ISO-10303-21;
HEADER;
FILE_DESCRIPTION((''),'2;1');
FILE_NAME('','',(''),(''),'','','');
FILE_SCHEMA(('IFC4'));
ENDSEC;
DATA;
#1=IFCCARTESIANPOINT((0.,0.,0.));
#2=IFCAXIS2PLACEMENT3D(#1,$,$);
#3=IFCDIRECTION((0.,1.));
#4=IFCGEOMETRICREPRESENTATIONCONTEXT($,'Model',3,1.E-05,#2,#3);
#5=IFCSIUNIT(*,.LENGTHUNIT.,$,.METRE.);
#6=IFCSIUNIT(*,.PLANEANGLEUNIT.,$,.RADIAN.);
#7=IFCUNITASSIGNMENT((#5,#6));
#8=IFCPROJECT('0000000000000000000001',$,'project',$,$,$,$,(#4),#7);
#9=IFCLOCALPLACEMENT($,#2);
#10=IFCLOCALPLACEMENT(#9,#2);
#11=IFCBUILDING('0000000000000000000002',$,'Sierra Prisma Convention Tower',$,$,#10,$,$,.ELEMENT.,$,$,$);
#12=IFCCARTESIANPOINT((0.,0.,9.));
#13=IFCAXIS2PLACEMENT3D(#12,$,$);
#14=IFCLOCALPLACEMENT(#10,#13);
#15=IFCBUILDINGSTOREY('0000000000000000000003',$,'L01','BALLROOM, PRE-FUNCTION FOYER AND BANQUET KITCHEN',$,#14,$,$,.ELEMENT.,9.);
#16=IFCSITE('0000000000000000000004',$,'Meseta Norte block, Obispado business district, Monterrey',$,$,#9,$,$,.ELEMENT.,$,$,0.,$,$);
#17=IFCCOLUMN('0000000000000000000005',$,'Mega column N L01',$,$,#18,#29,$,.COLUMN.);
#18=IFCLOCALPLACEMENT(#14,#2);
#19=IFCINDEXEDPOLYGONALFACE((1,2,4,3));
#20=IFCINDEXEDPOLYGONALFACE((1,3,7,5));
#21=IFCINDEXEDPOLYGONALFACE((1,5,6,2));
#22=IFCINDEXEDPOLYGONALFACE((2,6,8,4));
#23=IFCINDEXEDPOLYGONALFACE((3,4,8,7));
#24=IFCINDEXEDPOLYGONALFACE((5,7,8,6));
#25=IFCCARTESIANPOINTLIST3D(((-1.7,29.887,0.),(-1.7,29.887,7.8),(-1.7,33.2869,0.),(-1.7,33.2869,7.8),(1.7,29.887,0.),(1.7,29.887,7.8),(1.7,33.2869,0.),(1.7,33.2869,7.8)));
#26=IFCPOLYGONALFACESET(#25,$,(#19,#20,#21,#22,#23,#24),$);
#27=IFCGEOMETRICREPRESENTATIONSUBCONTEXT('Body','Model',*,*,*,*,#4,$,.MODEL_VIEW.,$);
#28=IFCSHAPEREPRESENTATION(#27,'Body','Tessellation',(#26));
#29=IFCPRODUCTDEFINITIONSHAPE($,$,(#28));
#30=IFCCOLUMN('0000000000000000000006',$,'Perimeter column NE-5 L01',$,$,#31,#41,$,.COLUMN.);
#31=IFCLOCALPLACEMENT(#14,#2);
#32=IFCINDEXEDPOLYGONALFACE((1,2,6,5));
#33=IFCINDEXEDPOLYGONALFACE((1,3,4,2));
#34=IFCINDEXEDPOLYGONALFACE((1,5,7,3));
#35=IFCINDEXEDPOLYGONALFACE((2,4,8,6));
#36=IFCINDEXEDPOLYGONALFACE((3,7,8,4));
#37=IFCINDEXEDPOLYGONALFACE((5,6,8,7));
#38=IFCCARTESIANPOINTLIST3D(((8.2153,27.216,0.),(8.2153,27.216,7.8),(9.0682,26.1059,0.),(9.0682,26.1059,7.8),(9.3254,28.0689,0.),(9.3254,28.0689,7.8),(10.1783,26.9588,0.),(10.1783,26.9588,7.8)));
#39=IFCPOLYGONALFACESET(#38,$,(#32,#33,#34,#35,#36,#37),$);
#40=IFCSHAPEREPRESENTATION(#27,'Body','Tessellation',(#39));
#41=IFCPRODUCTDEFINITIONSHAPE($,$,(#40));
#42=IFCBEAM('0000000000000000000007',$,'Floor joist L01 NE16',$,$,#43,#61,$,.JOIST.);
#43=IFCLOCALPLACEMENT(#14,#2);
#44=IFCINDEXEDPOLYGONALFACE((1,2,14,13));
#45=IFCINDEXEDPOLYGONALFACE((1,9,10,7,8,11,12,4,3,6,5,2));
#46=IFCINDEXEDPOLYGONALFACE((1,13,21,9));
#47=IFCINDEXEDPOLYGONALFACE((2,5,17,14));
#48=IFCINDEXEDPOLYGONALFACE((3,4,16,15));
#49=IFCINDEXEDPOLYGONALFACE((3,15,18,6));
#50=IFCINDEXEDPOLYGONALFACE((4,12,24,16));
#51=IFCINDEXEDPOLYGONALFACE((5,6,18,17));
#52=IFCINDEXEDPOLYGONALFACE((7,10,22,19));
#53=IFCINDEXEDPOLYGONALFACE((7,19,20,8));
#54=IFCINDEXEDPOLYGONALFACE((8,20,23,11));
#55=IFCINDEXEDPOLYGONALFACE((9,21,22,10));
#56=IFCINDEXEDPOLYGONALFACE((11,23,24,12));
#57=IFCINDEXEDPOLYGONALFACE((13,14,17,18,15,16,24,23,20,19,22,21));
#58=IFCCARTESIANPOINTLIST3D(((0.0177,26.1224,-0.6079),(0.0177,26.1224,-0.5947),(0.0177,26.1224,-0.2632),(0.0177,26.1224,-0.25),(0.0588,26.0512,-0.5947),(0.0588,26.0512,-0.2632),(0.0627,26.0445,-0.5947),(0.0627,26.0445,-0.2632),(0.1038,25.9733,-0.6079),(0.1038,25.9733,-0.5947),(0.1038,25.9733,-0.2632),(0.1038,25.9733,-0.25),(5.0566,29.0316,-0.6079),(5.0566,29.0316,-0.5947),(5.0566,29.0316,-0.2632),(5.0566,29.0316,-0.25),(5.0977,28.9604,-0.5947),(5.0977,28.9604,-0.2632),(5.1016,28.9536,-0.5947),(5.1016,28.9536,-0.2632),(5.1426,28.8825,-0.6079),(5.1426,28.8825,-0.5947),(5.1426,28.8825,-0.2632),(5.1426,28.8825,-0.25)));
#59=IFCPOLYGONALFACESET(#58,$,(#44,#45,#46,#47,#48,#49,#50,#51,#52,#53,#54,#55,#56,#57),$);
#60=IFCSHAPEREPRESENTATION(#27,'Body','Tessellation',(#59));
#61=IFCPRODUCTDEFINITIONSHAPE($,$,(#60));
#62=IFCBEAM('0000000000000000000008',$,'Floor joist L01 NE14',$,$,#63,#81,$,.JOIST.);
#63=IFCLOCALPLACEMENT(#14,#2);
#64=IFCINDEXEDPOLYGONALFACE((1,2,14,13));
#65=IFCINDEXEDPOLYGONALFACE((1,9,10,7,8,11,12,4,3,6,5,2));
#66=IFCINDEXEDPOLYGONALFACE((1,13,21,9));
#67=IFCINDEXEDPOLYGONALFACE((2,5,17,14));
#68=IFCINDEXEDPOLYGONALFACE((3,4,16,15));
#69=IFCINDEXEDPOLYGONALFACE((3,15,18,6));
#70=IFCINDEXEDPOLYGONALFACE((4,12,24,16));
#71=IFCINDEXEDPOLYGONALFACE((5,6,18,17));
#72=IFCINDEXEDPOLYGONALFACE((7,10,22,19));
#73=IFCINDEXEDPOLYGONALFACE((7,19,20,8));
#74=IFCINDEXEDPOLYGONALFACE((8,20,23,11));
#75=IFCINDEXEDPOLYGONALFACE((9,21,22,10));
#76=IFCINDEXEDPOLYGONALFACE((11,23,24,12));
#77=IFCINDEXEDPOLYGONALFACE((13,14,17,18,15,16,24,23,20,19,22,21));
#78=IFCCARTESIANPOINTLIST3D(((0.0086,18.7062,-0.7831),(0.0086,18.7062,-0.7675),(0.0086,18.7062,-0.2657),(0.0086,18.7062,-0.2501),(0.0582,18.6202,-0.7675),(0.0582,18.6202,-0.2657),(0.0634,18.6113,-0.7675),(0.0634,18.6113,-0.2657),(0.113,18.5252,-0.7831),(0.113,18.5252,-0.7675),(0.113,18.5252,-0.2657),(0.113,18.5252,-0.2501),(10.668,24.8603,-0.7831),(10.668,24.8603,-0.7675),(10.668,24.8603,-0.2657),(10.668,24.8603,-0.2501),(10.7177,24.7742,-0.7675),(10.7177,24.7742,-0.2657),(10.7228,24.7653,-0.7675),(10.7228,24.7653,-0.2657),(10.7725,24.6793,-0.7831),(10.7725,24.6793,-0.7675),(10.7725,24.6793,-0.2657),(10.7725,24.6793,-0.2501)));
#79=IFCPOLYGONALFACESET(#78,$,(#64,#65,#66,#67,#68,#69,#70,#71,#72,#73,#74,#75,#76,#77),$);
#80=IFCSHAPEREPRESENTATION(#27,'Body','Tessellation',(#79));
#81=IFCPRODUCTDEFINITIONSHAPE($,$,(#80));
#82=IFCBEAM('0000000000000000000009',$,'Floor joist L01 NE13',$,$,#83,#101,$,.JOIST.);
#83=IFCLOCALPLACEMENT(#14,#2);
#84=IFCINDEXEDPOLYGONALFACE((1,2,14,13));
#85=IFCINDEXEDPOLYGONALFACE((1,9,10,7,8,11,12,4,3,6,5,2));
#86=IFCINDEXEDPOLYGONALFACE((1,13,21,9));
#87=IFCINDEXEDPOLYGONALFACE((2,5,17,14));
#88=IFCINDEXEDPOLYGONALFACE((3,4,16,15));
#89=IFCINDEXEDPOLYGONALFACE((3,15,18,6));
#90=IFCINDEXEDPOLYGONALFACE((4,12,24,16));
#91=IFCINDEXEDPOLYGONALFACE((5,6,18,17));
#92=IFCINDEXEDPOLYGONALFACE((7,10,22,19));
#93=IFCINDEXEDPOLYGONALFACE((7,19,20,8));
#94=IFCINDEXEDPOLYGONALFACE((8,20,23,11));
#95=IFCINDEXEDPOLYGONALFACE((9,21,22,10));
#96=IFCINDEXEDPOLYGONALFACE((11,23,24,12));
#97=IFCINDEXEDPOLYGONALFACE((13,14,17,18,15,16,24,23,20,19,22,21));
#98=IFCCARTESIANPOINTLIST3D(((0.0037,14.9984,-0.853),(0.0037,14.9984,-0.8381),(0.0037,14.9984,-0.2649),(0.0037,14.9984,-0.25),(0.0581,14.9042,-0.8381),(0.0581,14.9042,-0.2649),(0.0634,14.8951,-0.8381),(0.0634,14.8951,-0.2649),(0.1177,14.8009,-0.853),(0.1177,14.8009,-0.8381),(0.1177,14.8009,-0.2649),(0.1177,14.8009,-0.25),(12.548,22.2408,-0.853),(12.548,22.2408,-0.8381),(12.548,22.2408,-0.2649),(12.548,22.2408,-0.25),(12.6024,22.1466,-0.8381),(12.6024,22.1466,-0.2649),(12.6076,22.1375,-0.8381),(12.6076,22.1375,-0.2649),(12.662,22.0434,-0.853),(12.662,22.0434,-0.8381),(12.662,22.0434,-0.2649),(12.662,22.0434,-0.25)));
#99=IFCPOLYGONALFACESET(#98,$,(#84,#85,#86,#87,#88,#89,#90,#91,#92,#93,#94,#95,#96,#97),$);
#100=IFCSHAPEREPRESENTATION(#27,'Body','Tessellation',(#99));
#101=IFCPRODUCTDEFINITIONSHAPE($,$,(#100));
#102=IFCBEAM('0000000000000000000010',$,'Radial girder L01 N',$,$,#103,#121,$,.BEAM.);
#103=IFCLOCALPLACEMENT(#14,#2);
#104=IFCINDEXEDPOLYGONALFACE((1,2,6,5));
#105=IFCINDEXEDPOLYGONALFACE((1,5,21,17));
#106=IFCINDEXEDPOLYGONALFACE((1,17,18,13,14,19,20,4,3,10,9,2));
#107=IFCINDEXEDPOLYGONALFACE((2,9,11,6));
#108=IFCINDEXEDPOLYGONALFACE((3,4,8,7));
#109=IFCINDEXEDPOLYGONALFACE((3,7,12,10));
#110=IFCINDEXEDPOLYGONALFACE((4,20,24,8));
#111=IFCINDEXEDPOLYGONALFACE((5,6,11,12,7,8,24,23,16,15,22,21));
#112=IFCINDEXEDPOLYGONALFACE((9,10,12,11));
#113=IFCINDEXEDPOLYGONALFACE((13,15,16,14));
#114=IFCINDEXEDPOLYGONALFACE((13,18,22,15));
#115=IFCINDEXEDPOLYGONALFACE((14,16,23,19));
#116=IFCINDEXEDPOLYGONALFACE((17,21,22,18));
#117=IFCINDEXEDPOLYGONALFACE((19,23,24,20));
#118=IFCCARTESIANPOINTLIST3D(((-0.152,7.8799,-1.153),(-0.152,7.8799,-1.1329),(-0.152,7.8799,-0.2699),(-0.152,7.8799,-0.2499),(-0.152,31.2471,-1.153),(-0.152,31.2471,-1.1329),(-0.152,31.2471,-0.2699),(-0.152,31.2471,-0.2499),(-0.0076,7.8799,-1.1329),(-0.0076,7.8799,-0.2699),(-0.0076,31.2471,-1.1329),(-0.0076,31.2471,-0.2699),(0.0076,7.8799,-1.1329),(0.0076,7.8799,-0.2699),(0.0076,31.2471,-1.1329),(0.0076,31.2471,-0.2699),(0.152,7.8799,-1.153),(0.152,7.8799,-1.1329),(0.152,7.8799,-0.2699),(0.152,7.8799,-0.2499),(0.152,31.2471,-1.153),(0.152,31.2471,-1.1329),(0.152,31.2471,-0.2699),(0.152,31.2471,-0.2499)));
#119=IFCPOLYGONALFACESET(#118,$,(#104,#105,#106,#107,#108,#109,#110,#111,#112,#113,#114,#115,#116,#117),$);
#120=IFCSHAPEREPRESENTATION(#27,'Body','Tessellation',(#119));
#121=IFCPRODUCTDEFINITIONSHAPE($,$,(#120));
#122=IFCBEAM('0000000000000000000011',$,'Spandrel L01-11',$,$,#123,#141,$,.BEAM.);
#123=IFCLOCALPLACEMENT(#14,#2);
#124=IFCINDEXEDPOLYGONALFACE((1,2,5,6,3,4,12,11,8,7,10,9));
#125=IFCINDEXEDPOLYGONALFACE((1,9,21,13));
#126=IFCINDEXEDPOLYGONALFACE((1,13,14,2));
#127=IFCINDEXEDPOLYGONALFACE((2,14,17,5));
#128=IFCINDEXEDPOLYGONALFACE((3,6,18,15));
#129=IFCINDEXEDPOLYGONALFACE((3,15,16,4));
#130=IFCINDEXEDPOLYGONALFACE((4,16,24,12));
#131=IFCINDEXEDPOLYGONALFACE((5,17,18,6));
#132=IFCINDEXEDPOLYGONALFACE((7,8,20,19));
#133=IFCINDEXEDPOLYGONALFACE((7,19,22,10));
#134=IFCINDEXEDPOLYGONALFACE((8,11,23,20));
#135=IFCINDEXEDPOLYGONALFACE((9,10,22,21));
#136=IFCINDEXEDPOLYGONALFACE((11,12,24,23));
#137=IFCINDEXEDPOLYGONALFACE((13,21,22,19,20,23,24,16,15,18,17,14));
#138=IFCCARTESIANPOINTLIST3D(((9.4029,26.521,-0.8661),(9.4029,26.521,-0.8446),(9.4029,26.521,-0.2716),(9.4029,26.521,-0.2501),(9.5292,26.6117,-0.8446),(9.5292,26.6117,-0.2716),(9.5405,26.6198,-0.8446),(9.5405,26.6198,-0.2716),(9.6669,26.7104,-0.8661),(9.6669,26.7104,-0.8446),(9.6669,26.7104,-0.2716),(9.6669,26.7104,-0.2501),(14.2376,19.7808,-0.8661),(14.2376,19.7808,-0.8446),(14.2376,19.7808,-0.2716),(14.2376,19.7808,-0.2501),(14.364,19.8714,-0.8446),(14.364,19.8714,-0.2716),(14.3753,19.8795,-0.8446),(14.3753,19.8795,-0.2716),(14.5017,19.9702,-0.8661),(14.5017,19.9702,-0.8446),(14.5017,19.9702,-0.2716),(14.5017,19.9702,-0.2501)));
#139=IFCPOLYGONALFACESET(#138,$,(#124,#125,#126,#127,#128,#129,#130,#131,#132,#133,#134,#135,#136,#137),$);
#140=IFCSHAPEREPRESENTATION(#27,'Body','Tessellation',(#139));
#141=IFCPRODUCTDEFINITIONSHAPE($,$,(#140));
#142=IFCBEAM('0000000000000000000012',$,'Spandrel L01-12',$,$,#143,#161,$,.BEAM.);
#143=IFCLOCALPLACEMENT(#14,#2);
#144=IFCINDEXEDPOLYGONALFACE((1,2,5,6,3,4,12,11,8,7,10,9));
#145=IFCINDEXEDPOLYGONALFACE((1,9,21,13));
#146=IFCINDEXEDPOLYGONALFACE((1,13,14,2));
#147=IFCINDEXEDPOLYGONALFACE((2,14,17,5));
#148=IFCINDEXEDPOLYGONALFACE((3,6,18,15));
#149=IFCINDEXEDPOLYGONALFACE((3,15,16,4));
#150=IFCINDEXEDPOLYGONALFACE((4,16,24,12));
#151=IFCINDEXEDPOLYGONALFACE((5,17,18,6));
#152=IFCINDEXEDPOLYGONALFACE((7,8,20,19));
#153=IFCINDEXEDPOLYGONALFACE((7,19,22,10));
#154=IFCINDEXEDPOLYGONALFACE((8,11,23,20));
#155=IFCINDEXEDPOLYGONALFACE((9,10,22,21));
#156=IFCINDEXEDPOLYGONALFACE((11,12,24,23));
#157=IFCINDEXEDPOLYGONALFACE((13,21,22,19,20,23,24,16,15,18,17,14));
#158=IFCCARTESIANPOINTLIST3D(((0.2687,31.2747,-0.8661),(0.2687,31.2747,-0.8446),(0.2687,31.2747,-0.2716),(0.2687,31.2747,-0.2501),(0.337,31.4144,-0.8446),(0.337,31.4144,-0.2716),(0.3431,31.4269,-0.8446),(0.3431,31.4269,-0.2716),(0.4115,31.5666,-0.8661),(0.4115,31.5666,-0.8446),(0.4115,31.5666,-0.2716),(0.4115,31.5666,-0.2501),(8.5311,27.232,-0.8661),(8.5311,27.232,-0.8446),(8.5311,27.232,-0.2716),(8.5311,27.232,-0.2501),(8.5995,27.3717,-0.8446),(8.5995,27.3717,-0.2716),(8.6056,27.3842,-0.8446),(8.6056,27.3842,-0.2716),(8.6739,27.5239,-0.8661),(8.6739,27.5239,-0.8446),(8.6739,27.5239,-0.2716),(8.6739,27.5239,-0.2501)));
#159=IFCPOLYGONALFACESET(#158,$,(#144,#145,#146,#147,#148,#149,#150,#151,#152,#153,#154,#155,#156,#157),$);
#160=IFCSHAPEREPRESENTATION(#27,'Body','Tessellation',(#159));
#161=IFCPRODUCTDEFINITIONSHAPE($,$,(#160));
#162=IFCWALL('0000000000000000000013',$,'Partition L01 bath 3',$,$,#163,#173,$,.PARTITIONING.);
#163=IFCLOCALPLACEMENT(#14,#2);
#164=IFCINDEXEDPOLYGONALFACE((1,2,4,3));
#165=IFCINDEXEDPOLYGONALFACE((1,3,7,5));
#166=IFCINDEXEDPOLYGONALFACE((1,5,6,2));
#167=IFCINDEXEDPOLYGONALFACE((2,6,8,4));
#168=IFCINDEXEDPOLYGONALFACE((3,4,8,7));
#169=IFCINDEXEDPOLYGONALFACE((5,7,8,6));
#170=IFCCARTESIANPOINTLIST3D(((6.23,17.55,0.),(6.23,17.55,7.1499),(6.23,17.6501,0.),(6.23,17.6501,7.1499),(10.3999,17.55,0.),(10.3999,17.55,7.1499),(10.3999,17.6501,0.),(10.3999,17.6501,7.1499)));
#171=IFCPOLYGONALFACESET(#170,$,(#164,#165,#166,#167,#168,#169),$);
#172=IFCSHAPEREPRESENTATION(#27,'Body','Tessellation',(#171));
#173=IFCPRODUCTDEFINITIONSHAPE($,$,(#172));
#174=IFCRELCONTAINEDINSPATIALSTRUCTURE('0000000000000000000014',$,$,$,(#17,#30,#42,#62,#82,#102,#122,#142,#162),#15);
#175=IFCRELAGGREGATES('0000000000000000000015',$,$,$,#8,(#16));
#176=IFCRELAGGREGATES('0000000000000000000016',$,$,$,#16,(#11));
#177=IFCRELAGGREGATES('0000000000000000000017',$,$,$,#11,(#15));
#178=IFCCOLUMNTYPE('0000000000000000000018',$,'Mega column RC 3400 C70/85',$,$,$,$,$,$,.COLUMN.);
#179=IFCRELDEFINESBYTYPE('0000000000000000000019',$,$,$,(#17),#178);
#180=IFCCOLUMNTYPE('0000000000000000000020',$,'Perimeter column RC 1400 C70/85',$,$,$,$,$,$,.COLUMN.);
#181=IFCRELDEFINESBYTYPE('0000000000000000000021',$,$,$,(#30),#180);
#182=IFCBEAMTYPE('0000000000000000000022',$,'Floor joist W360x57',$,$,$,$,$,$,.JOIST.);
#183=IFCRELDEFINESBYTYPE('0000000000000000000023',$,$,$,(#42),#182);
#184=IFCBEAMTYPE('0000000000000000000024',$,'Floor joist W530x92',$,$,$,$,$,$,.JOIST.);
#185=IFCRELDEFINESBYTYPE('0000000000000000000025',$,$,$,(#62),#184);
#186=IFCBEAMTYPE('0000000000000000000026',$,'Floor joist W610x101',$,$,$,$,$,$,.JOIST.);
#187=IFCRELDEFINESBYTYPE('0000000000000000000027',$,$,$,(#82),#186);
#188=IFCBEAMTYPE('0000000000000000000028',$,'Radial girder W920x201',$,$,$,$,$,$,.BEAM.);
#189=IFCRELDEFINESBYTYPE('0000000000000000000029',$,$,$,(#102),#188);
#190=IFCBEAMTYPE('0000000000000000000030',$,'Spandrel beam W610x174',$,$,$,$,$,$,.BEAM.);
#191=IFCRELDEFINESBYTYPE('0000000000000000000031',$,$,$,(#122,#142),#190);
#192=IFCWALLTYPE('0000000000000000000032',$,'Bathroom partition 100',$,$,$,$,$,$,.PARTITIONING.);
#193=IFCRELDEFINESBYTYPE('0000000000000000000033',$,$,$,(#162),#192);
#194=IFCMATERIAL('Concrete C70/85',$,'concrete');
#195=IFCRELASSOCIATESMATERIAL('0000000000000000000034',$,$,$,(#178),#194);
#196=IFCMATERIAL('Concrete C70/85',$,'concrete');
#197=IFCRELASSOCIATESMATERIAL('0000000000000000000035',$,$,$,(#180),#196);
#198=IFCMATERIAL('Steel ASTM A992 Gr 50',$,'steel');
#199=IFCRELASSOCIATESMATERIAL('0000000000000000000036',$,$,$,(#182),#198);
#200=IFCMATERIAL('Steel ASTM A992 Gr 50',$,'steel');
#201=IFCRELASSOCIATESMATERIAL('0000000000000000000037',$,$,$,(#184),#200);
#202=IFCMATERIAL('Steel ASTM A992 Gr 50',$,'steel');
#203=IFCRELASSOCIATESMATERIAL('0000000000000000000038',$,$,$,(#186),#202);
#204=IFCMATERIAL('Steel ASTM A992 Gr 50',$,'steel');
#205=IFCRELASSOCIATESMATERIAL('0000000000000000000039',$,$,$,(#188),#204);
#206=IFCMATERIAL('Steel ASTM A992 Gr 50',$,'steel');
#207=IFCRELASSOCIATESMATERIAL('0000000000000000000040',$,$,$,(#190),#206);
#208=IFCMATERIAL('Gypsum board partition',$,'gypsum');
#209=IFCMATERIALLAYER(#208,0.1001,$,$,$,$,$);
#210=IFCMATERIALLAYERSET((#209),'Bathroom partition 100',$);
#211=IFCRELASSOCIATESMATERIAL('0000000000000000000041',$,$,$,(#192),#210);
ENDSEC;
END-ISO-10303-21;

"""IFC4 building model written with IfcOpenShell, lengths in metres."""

from ifc_helpers import new_model, si_unit, direction, frame, frame_2d, origin, origin_2d, place, context, subcontext, project, spatial, rectangle, i_section, extrude, material, layer, layer_set, material_profile, profile_set, type_object, element, save


model = new_model("IFC4")

# Units and contexts
model_context = context("Model", 3, precision=1e-05, world=origin(), true_north=direction((0.0, 1.0)))
body_context = subcontext(model_context, "Body", "Model", "MODEL_VIEW")
ifc_project = project(units=[si_unit("LENGTHUNIT", "METRE"), si_unit("PLANEANGLEUNIT", "RADIAN")], contexts=[model_context])

# Site, building, storey
site_placement = place(None, origin())
site = spatial("IfcSite", under=ifc_project, at=site_placement, Name="Meseta Norte block, Obispado business district, Monterrey", CompositionType="ELEMENT", RefElevation=0.0)
building_placement = place(site_placement, origin())
building = spatial("IfcBuilding", under=site, at=building_placement, Name="Sierra Prisma Convention Tower", CompositionType="ELEMENT")
storey_placement = place(building_placement, frame((0.0, 0.0, 9.0)))
storey = spatial("IfcBuildingStorey", under=building, at=storey_placement, Name="L01", Description="BALLROOM, PRE-FUNCTION FOYER AND BANQUET KITCHEN", CompositionType="ELEMENT", Elevation=9.0)

# Columns
ifc_material_1 = material(Name="Concrete C70/85", Category="concrete")
ifc_material_profile_1 = material_profile(ifc_material_1, rectangle(XDim=3.3999, YDim=3.3999, at=origin_2d()), Name="Mega column RC 3400 C70/85")
ifc_profile_set_1 = profile_set([ifc_material_profile_1], Name="Concrete C70/85")
column_type_1 = type_object("IfcColumnType", Name="Mega column RC 3400 C70/85", PredefinedType="COLUMN", material=ifc_profile_set_1)
column_1_placement = place(storey_placement, frame((0.0, 31.5869, 0.0), z_axis=(0.0, 0.0, 1.0), x_axis=(1.0, 0.0, 0.0)))
element("IfcColumn", 1, at=column_1_placement, inside=storey, type_object=column_type_1, Name="Mega column N L01", PredefinedType="COLUMN", context=body_context, shape_type="SweptSolid", body=[
    extrude(rectangle(XDim=3.3999, YDim=3.3999, at=origin_2d()), origin(), (0.0, 0.0, 1.0), 7.8),
])
ifc_material_2 = material(Name="Concrete C70/85", Category="concrete")
ifc_material_profile_2 = material_profile(ifc_material_2, rectangle(XDim=1.3999, YDim=1.3999, at=origin_2d()), Name="Perimeter column RC 1400 C70/85")
ifc_profile_set_2 = profile_set([ifc_material_profile_2], Name="Concrete C70/85")
column_type_2 = type_object("IfcColumnType", Name="Perimeter column RC 1400 C70/85", PredefinedType="COLUMN", material=ifc_profile_set_2)
column_2_placement = place(storey_placement, frame((9.1968, 27.0874, 0.0), z_axis=(0.0, 0.0, 1.0), x_axis=(-0.609232, 0.792992, 0.0)))
element("IfcColumn", 2, at=column_2_placement, inside=storey, type_object=column_type_2, Name="Perimeter column NE-5 L01", PredefinedType="COLUMN", context=body_context, shape_type="SweptSolid", body=[
    extrude(rectangle(XDim=1.3999, YDim=1.3999, at=origin_2d()), origin(), (0.0, 0.0, 1.0), 7.8),
])

# Beams
ifc_material_3 = material(Name="Steel ASTM A992 Gr 50", Category="steel")
ifc_material_profile_3 = material_profile(ifc_material_3, i_section(OverallWidth=0.1721, OverallDepth=0.3579, WebThickness=0.0078, FlangeThickness=0.0132, at=origin_2d()), Name="W360x57")
ifc_profile_set_3 = profile_set([ifc_material_profile_3], Name="Steel ASTM A992 Gr 50")
beam_type_1 = type_object("IfcBeamType", Name="Floor joist W360x57", PredefinedType="JOIST", material=ifc_profile_set_3)
beam_1_placement = place(storey_placement, frame((5.0996, 28.957, -0.429), z_axis=(-0.866024, -0.500002, 0.0), x_axis=(0.500002, -0.866024, 0.0)))
element("IfcBeam", 3, at=beam_1_placement, inside=storey, type_object=beam_type_1, Name="Floor joist L01 NE16", PredefinedType="JOIST", context=body_context, shape_type="SweptSolid", body=[
    extrude(i_section(OverallWidth=0.1721, OverallDepth=0.3579, WebThickness=0.0078, FlangeThickness=0.0132, at=origin_2d()), origin(), (0.0, 0.0, 1.0), 5.8184),
])
ifc_material_4 = material(Name="Steel ASTM A992 Gr 50", Category="steel")
ifc_material_profile_4 = material_profile(ifc_material_4, i_section(OverallWidth=0.209, OverallDepth=0.533, WebThickness=0.0103, FlangeThickness=0.0156, at=origin_2d()), Name="W530x92")
ifc_profile_set_4 = profile_set([ifc_material_profile_4], Name="Steel ASTM A992 Gr 50")
beam_type_2 = type_object("IfcBeamType", Name="Floor joist W530x92", PredefinedType="JOIST", material=ifc_profile_set_4)
beam_2_placement = place(storey_placement, frame((10.7202, 24.7698, -0.5166), z_axis=(-0.866031, -0.49999, 0.0), x_axis=(0.49999, -0.866031, 0.0)))
element("IfcBeam", 4, at=beam_2_placement, inside=storey, type_object=beam_type_2, Name="Floor joist L01 NE14", PredefinedType="JOIST", context=body_context, shape_type="SweptSolid", body=[
    extrude(i_section(OverallWidth=0.209, OverallDepth=0.533, WebThickness=0.0103, FlangeThickness=0.0156, at=origin_2d()), origin(), (0.0, 0.0, 1.0), 12.3083),
])
ifc_material_5 = material(Name="Steel ASTM A992 Gr 50", Category="steel")
ifc_material_profile_5 = material_profile(ifc_material_5, i_section(OverallWidth=0.228, OverallDepth=0.603, WebThickness=0.0105, FlangeThickness=0.0149, at=origin_2d()), Name="W610x101")
ifc_profile_set_5 = profile_set([ifc_material_profile_5], Name="Steel ASTM A992 Gr 50")
beam_type_3 = type_object("IfcBeamType", Name="Floor joist W610x101", PredefinedType="JOIST", material=ifc_profile_set_5)
beam_3_placement = place(storey_placement, frame((12.605, 22.1421, -0.5515), z_axis=(-0.866024, -0.500002, 0.0), x_axis=(0.500002, -0.866024, 0.0)))
element("IfcBeam", 5, at=beam_3_placement, inside=storey, type_object=beam_type_3, Name="Floor joist L01 NE13", PredefinedType="JOIST", context=body_context, shape_type="SweptSolid", body=[
    extrude(i_section(OverallWidth=0.228, OverallDepth=0.603, WebThickness=0.0105, FlangeThickness=0.0149, at=origin_2d()), origin(), (0.0, 0.0, 1.0), 14.4849),
])
ifc_material_6 = material(Name="Steel ASTM A992 Gr 50", Category="steel")
ifc_material_profile_6 = material_profile(ifc_material_6, i_section(OverallWidth=0.304, OverallDepth=0.9031, WebThickness=0.0151, FlangeThickness=0.02, at=origin_2d()), Name="W920x201")
ifc_profile_set_6 = profile_set([ifc_material_profile_6], Name="Steel ASTM A992 Gr 50")
beam_type_4 = type_object("IfcBeamType", Name="Radial girder W920x201", PredefinedType="BEAM", material=ifc_profile_set_6)
beam_4_placement = place(storey_placement, frame((0.0, 31.2471, -0.7014), z_axis=(0.0, -1.0, 0.0), x_axis=(1.0, 0.0, 0.0)))
element("IfcBeam", 6, at=beam_4_placement, inside=storey, type_object=beam_type_4, Name="Radial girder L01 N", PredefinedType="BEAM", context=body_context, shape_type="SweptSolid", body=[
    extrude(i_section(OverallWidth=0.304, OverallDepth=0.9031, WebThickness=0.0151, FlangeThickness=0.02, at=origin_2d()), origin(), (0.0, 0.0, 1.0), 23.3672),
])
ifc_material_7 = material(Name="Steel ASTM A992 Gr 50", Category="steel")
ifc_material_profile_7 = material_profile(ifc_material_7, i_section(OverallWidth=0.325, OverallDepth=0.616, WebThickness=0.0139, FlangeThickness=0.0215, at=origin_2d()), Name="W610x174")
ifc_profile_set_7 = profile_set([ifc_material_profile_7], Name="Steel ASTM A992 Gr 50")
beam_type_5 = type_object("IfcBeamType", Name="Spandrel beam W610x174", PredefinedType="BEAM", material=ifc_profile_set_7)
beam_5_placement = place(storey_placement, frame((14.3696, 19.8755, -0.5581), z_axis=(-0.582855, 0.812576, 0.0), x_axis=(-0.812576, -0.582855, 0.0)))
element("IfcBeam", 7, at=beam_5_placement, inside=storey, type_object=beam_type_5, Name="Spandrel L01-11", PredefinedType="BEAM", context=body_context, shape_type="SweptSolid", body=[
    extrude(i_section(OverallWidth=0.325, OverallDepth=0.616, WebThickness=0.0139, FlangeThickness=0.0215, at=origin_2d()), origin(), (0.0, 0.0, 1.0), 8.2949),
])
beam_6_placement = place(storey_placement, frame((8.6025, 27.3779, -0.5581), z_axis=(-0.898243, 0.4395, 0.0), x_axis=(-0.4395, -0.898243, 0.0)))
element("IfcBeam", 8, at=beam_6_placement, inside=storey, type_object=beam_type_5, Name="Spandrel L01-12", PredefinedType="BEAM", context=body_context, shape_type="SweptSolid", body=[
    extrude(i_section(OverallWidth=0.325, OverallDepth=0.616, WebThickness=0.0139, FlangeThickness=0.0215, at=origin_2d()), origin(), (0.0, 0.0, 1.0), 9.1985),
])

# Wall
ifc_material_8 = material(Name="Gypsum board partition", Category="gypsum")
ifc_layer_1 = layer(ifc_material_8, 0.1001)
ifc_layer_set_1 = layer_set([ifc_layer_1], Name="Bathroom partition 100")
wall_type_1 = type_object("IfcWallType", Name="Bathroom partition 100", PredefinedType="PARTITIONING", material=ifc_layer_set_1)
wall_1_placement = place(storey_placement, frame((6.23, 17.6001, 0.0), z_axis=(0.0, 0.0, 1.0), x_axis=(1.0, 0.0, 0.0)))
element("IfcWall", 9, at=wall_1_placement, inside=storey, type_object=wall_type_1, Name="Partition L01 bath 3", PredefinedType="PARTITIONING", context=body_context, shape_type="SweptSolid", body=[
    extrude(rectangle(XDim=4.1699, YDim=0.1001, at=frame_2d((2.085, 0.0))), origin(), (0.0, 0.0, 1.0), 7.1499),
])

save(model, "model.ifc")
